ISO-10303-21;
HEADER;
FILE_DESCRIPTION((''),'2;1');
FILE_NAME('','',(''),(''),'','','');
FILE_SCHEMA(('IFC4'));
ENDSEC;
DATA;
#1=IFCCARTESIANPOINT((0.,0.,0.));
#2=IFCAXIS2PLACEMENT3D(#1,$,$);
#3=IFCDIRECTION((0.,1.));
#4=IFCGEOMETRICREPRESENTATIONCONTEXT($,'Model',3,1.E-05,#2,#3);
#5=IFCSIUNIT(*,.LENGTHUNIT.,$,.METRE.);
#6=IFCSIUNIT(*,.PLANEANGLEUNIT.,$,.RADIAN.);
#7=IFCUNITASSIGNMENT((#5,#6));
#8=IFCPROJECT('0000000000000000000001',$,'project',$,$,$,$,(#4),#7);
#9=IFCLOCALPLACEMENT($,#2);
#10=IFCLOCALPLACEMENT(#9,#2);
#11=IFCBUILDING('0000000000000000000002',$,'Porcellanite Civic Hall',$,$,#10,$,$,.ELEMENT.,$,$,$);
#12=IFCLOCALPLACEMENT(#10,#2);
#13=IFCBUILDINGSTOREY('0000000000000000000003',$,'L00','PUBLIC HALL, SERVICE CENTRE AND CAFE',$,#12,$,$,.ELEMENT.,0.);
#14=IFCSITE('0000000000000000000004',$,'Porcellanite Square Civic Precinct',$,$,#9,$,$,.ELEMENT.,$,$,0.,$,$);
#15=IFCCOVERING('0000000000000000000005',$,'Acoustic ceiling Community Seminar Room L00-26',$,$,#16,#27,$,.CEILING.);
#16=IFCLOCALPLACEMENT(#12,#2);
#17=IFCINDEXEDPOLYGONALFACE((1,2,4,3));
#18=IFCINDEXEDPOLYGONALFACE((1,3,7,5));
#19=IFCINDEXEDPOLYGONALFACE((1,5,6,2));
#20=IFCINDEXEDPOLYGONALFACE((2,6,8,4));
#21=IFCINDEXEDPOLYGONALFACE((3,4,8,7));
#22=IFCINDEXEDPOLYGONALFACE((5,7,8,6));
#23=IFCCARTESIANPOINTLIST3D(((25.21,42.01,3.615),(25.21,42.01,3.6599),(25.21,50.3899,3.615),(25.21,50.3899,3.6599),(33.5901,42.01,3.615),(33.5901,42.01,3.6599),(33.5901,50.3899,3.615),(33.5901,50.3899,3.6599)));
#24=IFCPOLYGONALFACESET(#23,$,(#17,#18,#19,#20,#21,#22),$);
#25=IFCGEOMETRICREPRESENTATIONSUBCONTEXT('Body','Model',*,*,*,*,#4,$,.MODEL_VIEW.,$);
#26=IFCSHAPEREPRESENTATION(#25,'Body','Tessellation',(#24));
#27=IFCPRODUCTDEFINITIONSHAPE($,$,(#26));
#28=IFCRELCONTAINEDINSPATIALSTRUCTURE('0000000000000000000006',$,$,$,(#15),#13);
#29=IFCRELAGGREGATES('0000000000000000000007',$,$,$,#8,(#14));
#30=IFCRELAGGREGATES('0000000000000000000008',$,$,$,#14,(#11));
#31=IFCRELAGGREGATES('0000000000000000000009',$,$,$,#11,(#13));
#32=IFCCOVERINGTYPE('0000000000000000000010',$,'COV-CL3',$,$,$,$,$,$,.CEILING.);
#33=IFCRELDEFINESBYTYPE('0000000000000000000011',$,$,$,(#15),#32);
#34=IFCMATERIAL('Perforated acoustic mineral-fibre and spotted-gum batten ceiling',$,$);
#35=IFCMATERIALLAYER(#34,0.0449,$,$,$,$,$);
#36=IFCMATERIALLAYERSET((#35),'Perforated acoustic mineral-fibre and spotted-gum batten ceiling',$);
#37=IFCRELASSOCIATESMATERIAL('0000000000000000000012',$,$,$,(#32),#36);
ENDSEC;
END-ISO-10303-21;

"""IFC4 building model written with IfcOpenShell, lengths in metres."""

from ifc_helpers import new_model, si_unit, direction, frame, origin, place, context, subcontext, project, spatial, polyline, outline, extrude, material, layer, layer_set, type_object, element, save


model = new_model("IFC4")

# Units and contexts
model_context = context("Model", 3, precision=1e-05, world=origin(), true_north=direction((0.0, 1.0)))
body_context = subcontext(model_context, "Body", "Model", "MODEL_VIEW")
ifc_project = project(units=[si_unit("LENGTHUNIT", "METRE"), si_unit("PLANEANGLEUNIT", "RADIAN")], contexts=[model_context])

# Site, building, storey
site_placement = place(None, origin())
site = spatial("IfcSite", under=ifc_project, at=site_placement, Name="Porcellanite Square Civic Precinct", CompositionType="ELEMENT", RefElevation=0.0)
building_placement = place(site_placement, origin())
building = spatial("IfcBuilding", under=site, at=building_placement, Name="Porcellanite Civic Hall", CompositionType="ELEMENT")
storey_placement = place(building_placement, origin())
storey = spatial("IfcBuildingStorey", under=building, at=storey_placement, Name="L00", Description="PUBLIC HALL, SERVICE CENTRE AND CAFE", CompositionType="ELEMENT", Elevation=0.0)

# Covering
ifc_material_1 = material(Name="Perforated acoustic mineral-fibre and spotted-gum batten ceiling")
ifc_layer_1 = layer(ifc_material_1, 0.0449)
ifc_layer_set_1 = layer_set([ifc_layer_1], Name="Perforated acoustic mineral-fibre and spotted-gum batten ceiling")
covering_type = type_object("IfcCoveringType", Name="COV-CL3", PredefinedType="CEILING", material=ifc_layer_set_1)
covering_1_placement = place(storey_placement, frame((0.0, 0.0, 3.615)))
element("IfcCovering", 1, at=covering_1_placement, inside=storey, type_object=covering_type, Name="Acoustic ceiling Community Seminar Room L00-26", PredefinedType="CEILING", context=body_context, shape_type="SweptSolid", body=[
    extrude(outline(polyline([(25.21, 42.01), (33.5901, 42.01), (33.5901, 50.3899), (25.21, 50.3899), (25.21, 42.01)])), origin(), (0.0, 0.0, 1.0), 0.0449),
])

save(model, "model.ifc")
